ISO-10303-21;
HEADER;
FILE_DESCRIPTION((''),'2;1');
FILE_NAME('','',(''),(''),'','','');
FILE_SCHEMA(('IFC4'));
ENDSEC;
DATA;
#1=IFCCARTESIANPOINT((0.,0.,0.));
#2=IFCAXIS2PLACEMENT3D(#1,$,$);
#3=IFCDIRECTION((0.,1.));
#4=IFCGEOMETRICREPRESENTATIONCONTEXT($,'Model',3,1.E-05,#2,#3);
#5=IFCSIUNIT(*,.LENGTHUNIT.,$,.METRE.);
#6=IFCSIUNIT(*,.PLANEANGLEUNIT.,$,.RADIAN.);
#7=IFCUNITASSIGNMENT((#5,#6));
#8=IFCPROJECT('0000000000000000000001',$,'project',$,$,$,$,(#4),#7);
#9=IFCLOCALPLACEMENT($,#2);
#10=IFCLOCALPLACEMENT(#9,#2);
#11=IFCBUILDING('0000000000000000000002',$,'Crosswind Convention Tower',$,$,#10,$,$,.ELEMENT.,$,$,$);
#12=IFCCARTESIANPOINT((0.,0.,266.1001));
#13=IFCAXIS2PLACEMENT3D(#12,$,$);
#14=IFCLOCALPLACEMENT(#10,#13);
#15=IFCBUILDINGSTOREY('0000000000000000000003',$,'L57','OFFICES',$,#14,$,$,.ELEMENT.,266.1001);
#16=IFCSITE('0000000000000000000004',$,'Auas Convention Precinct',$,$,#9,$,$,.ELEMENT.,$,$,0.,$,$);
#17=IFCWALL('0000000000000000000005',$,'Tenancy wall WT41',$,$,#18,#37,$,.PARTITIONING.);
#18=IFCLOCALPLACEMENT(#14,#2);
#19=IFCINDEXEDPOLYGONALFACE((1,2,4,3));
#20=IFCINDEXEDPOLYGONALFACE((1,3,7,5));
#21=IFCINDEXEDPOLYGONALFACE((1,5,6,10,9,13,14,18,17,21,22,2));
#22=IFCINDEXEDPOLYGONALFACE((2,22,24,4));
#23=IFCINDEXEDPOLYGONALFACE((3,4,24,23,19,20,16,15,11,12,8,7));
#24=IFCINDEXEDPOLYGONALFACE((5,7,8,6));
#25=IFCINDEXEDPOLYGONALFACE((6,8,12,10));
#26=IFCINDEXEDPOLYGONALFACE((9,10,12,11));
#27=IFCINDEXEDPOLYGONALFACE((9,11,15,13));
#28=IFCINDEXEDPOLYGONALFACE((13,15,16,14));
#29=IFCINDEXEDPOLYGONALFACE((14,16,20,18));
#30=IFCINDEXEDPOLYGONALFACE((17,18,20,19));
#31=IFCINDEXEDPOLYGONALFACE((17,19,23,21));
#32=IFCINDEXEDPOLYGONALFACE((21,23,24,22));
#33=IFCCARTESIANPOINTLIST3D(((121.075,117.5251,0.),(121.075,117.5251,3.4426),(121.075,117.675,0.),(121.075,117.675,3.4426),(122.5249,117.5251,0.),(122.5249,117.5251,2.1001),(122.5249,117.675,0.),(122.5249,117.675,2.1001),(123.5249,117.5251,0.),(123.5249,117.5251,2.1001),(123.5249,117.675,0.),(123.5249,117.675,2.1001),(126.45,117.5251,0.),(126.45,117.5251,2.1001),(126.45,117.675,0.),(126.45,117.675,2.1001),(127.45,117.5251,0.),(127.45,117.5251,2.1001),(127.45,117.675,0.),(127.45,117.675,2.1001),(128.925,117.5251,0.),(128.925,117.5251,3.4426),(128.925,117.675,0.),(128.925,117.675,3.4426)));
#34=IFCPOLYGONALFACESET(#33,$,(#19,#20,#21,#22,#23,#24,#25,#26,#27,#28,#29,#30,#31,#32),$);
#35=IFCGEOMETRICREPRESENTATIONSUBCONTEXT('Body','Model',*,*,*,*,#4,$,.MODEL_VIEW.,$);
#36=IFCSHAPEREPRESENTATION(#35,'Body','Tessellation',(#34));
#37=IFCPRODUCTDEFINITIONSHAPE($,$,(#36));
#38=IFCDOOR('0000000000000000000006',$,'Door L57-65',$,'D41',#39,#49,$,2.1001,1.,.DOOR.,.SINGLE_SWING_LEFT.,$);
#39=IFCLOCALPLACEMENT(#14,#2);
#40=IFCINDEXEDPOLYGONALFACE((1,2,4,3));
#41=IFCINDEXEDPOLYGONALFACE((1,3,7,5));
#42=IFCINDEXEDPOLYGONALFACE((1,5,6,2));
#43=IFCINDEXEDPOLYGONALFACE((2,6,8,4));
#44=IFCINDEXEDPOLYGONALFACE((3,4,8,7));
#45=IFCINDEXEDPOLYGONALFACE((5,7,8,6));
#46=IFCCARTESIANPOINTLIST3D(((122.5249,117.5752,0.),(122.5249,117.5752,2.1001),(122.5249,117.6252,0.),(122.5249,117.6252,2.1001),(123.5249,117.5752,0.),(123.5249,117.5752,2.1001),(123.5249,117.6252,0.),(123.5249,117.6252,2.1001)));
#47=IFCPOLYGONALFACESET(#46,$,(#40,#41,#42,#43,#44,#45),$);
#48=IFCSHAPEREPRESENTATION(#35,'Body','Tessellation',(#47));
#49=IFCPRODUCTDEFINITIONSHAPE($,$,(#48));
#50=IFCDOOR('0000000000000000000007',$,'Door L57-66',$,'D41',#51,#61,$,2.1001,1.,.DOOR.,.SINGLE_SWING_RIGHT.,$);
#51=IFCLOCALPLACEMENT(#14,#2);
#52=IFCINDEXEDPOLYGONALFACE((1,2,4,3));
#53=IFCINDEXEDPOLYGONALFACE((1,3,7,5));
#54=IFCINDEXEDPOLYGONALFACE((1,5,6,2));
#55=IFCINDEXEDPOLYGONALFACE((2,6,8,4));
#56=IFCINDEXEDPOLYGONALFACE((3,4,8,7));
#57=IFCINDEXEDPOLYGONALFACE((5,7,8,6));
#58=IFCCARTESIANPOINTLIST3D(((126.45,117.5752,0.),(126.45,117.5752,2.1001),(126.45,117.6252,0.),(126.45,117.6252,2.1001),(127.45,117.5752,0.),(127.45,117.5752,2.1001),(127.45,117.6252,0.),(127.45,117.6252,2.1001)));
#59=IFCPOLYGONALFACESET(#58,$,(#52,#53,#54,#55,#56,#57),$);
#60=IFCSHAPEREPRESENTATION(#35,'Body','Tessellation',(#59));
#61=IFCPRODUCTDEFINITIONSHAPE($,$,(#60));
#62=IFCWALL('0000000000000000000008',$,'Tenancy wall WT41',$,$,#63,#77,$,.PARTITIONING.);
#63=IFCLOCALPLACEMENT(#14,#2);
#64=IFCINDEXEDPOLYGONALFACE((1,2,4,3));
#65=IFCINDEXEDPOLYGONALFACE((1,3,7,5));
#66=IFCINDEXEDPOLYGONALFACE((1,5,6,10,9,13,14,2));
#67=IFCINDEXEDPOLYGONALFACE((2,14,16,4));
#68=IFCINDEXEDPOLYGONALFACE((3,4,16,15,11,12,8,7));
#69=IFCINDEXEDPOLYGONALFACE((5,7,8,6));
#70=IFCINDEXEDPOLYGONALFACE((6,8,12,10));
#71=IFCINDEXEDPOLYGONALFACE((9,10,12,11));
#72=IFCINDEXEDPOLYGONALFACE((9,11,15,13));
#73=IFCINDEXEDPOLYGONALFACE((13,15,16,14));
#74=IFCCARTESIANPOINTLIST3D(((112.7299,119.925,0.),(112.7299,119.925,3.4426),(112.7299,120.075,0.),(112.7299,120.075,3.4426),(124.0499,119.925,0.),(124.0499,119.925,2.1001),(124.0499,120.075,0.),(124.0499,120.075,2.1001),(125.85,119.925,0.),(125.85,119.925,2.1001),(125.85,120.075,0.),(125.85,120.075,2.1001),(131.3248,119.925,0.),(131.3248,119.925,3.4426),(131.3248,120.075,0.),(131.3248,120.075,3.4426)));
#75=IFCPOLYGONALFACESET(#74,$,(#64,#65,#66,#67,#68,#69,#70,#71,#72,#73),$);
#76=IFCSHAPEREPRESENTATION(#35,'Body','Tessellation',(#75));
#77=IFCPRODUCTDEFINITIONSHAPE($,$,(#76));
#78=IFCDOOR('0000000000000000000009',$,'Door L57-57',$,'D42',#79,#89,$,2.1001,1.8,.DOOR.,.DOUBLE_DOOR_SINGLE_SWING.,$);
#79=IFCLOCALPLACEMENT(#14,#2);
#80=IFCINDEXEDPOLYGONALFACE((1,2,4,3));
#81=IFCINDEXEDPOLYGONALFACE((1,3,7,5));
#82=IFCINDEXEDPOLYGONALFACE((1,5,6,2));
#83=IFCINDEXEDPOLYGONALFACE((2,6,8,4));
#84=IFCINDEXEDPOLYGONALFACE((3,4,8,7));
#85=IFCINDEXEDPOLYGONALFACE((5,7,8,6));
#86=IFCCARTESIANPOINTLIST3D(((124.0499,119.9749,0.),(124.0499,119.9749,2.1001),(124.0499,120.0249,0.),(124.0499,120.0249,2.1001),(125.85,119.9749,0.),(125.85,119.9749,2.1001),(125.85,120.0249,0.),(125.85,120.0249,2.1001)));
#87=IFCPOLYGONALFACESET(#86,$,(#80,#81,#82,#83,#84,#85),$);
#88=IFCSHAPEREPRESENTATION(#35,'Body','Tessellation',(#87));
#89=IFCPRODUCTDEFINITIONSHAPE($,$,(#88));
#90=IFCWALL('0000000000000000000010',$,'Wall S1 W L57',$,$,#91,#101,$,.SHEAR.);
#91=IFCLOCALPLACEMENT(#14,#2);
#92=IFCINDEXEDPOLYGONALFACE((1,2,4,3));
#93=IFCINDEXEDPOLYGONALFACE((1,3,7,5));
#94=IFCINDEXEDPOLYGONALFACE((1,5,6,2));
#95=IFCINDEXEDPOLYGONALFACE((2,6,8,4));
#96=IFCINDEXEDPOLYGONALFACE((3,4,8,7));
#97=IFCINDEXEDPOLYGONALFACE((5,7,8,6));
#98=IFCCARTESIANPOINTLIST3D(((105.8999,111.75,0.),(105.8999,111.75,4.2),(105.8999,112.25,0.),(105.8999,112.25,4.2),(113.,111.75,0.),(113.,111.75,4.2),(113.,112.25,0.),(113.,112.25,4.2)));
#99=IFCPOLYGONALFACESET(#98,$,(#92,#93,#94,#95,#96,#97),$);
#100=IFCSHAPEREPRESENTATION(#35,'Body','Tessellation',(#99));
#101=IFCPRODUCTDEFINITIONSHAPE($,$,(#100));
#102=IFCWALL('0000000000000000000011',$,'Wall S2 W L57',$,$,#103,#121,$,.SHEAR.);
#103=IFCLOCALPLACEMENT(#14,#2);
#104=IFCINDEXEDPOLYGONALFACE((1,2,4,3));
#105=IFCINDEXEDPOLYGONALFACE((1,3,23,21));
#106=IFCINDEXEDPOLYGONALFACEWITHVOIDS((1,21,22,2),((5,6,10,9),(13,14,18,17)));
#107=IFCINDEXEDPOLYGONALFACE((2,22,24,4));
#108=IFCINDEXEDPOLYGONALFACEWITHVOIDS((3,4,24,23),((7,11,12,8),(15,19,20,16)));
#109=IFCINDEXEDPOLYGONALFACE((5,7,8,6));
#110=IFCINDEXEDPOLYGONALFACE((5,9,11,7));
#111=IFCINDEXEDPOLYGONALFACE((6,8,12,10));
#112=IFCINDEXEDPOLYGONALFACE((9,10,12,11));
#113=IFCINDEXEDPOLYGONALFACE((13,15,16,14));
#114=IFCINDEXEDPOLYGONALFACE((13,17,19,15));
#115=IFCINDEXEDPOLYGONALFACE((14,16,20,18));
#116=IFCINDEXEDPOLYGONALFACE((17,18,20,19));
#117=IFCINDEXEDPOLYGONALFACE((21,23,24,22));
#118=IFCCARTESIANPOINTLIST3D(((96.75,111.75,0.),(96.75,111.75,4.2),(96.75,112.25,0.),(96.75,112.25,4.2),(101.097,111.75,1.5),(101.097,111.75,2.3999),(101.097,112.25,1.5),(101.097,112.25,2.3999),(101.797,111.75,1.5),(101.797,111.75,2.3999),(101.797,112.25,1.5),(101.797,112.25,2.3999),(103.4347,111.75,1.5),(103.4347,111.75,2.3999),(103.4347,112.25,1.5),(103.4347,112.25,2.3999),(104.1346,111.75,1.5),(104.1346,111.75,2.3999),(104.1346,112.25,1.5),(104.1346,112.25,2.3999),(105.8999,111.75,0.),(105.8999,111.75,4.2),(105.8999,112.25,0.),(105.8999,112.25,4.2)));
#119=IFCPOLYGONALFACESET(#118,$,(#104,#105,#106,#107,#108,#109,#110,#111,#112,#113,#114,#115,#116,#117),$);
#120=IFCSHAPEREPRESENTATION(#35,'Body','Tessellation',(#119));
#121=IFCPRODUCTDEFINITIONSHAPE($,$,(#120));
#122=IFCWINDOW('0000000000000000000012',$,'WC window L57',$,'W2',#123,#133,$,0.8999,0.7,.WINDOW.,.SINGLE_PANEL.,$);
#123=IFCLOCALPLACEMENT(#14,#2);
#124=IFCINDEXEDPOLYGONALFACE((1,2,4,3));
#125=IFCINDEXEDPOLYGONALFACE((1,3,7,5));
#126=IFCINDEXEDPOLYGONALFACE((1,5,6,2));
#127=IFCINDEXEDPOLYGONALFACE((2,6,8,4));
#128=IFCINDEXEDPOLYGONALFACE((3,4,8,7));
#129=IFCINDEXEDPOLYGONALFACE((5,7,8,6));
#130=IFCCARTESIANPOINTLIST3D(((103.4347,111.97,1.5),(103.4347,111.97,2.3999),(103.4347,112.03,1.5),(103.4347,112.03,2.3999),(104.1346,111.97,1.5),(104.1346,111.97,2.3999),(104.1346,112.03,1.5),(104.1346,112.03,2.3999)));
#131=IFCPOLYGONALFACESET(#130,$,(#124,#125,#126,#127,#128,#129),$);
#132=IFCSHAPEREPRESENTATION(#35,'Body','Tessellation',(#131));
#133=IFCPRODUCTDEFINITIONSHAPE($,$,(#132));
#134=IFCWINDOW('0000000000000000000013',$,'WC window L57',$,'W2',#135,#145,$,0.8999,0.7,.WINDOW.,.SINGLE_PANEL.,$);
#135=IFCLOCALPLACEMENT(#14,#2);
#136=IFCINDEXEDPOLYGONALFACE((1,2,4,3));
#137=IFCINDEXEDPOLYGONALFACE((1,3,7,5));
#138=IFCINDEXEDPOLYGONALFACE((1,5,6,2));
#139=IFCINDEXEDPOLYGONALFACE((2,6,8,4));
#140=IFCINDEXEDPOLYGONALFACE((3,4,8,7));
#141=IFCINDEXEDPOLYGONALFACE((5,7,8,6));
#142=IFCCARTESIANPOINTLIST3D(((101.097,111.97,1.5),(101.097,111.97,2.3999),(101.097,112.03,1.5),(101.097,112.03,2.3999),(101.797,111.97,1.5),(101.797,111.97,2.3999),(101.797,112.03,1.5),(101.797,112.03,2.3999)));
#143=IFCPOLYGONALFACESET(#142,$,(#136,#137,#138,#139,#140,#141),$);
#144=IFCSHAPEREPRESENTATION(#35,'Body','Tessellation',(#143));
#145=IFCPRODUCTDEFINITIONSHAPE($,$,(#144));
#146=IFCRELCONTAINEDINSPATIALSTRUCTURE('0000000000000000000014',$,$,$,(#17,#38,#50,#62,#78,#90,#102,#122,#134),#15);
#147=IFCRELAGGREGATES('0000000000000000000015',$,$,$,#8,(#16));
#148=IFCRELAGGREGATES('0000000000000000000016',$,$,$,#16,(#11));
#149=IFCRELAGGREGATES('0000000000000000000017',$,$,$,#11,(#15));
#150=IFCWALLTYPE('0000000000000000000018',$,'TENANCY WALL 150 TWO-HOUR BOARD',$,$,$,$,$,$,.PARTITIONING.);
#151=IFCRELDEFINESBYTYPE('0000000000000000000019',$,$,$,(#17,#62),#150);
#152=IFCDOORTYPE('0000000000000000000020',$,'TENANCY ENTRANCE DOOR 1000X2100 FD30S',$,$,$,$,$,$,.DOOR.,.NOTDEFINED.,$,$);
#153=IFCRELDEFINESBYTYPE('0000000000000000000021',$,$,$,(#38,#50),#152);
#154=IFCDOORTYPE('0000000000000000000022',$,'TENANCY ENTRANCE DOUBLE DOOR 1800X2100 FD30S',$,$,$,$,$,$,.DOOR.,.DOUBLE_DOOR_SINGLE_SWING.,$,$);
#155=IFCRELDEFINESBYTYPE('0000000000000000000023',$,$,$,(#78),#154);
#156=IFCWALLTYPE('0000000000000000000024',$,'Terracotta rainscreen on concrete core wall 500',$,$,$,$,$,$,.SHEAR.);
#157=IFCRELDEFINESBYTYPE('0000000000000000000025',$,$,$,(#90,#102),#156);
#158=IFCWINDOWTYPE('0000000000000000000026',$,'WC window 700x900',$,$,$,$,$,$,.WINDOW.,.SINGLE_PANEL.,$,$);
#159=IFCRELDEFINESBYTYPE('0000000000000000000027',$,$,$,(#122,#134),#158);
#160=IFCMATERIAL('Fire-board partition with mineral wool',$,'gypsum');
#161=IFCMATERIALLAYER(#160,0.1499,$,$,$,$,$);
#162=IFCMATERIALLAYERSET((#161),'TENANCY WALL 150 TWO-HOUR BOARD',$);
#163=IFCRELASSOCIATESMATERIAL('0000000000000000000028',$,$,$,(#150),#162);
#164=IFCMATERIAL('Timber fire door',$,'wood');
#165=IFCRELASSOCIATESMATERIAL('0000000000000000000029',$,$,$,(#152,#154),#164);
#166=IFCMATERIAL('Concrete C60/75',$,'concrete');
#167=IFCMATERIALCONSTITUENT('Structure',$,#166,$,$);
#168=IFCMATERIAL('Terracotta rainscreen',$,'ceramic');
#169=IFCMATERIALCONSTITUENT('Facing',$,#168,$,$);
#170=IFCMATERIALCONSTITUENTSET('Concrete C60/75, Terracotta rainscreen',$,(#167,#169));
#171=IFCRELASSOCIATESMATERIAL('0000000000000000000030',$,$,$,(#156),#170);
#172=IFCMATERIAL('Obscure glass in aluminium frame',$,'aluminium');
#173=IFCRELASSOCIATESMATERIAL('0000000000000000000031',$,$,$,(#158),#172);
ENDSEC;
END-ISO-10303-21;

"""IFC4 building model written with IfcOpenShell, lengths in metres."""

from ifc_helpers import new_model, si_unit, direction, frame, frame_2d, origin, place, context, subcontext, project, spatial, rectangle, extrude, material, layer, layer_set, constituent, constituent_set, type_object, element, fill, save


model = new_model("IFC4")

# Units and contexts
model_context = context("Model", 3, precision=1e-05, world=origin(), true_north=direction((0.0, 1.0)))
body_context = subcontext(model_context, "Body", "Model", "MODEL_VIEW")
ifc_project = project(units=[si_unit("LENGTHUNIT", "METRE"), si_unit("PLANEANGLEUNIT", "RADIAN")], contexts=[model_context])

# Site, building, storey
site_placement = place(None, origin())
site = spatial("IfcSite", under=ifc_project, at=site_placement, Name="Auas Convention Precinct", CompositionType="ELEMENT", RefElevation=0.0)
building_placement = place(site_placement, origin())
building = spatial("IfcBuilding", under=site, at=building_placement, Name="Crosswind Convention Tower", CompositionType="ELEMENT")
storey_placement = place(building_placement, frame((0.0, 0.0, 266.1001)))
storey = spatial("IfcBuildingStorey", under=building, at=storey_placement, Name="L57", Description="OFFICES", CompositionType="ELEMENT", Elevation=266.1001)

# Shared definitions
ifc_material_1 = material(Name="Concrete C60/75", Category="concrete")

# Wall, openings, doors
ifc_material_2 = material(Name="Fire-board partition with mineral wool", Category="gypsum")
ifc_layer_1 = layer(ifc_material_2, 0.1499)
ifc_layer_set_1 = layer_set([ifc_layer_1], Name="TENANCY WALL 150 TWO-HOUR BOARD")
wall_type_1 = type_object("IfcWallType", Name="TENANCY WALL 150 TWO-HOUR BOARD", PredefinedType="PARTITIONING", material=ifc_layer_set_1)
wall_1_placement = place(storey_placement, frame((121.075, 117.6001, 0.0), z_axis=(0.0, 0.0, 1.0), x_axis=(1.0, 0.0, 0.0)))
wall_1 = element("IfcWall", 1, at=wall_1_placement, inside=storey, type_object=wall_type_1, Name="Tenancy wall WT41", PredefinedType="PARTITIONING", context=body_context, shape_type="SweptSolid", body=[
    extrude(rectangle(XDim=7.8501, YDim=0.1499, at=frame_2d((3.925, 0.0))), origin(), (0.0, 0.0, 1.0), 3.4426),
])
opening_1_placement = place(wall_1_placement, frame((1.45, 0.0, 0.0)))
opening_1 = element("IfcOpeningElement", 2, at=opening_1_placement, cuts=wall_1, PredefinedType="OPENING", context=body_context, shape_type="SweptSolid", body=[
    extrude(rectangle(XDim=1.0, YDim=2.1001, at=frame_2d((0.5, 1.05))), frame((0.0, 0.085, 0.0), z_axis=(0.0, -1.0, 0.0), x_axis=(1.0, 0.0, 0.0)), (0.0, 0.0, 1.0), 0.1699),
])
opening_2_placement = place(wall_1_placement, frame((5.375, 0.0, 0.0)))
opening_2 = element("IfcOpeningElement", 3, at=opening_2_placement, cuts=wall_1, PredefinedType="OPENING", context=body_context, shape_type="SweptSolid", body=[
    extrude(rectangle(XDim=1.0, YDim=2.1001, at=frame_2d((0.5, 1.05))), frame((0.0, 0.085, 0.0), z_axis=(0.0, -1.0, 0.0), x_axis=(1.0, 0.0, 0.0)), (0.0, 0.0, 1.0), 0.1699),
])
ifc_material_3 = material(Name="Timber fire door", Category="wood")
door_type_1 = type_object("IfcDoorType", Name="TENANCY ENTRANCE DOOR 1000X2100 FD30S", OperationType="NOTDEFINED", PredefinedType="DOOR", material=ifc_material_3)
door_1_placement = place(opening_1_placement, frame((1.0, 0.0, 0.0), z_axis=(0.0, 0.0, 1.0), x_axis=(-1.0, 0.0, 0.0)))
door_1 = element("IfcDoor", 4, at=door_1_placement, inside=storey, type_object=door_type_1, Name="Door L57-65", ObjectType="D41", OperationType="SINGLE_SWING_LEFT", OverallHeight=2.1001, OverallWidth=1.0, PredefinedType="DOOR", context=body_context, shape_type="SweptSolid", body=[
    extrude(rectangle(XDim=1.0, YDim=2.1001, at=frame_2d((0.5, 1.05))), frame((0.0, 0.0249, 0.0), z_axis=(0.0, -1.0, 0.0), x_axis=(1.0, 0.0, 0.0)), (0.0, 0.0, 1.0), 0.05),
])
fill(opening_1, door_1)
door_2_placement = place(opening_2_placement, frame((1.0, 0.0, 0.0), z_axis=(0.0, 0.0, 1.0), x_axis=(-1.0, 0.0, 0.0)))
door_2 = element("IfcDoor", 5, at=door_2_placement, inside=storey, type_object=door_type_1, Name="Door L57-66", ObjectType="D41", OperationType="SINGLE_SWING_RIGHT", OverallHeight=2.1001, OverallWidth=1.0, PredefinedType="DOOR", context=body_context, shape_type="SweptSolid", body=[
    extrude(rectangle(XDim=1.0, YDim=2.1001, at=frame_2d((0.5, 1.05))), frame((0.0, 0.0249, 0.0), z_axis=(0.0, -1.0, 0.0), x_axis=(1.0, 0.0, 0.0)), (0.0, 0.0, 1.0), 0.05),
])
fill(opening_2, door_2)

# Wall, opening, door
wall_2_placement = place(storey_placement, frame((112.73, 120.0, 0.0), z_axis=(0.0, 0.0, 1.0), x_axis=(1.0, 0.0, 0.0)))
wall_2 = element("IfcWall", 6, at=wall_2_placement, inside=storey, type_object=wall_type_1, Name="Tenancy wall WT41", PredefinedType="PARTITIONING", context=body_context, shape_type="SweptSolid", body=[
    extrude(rectangle(XDim=18.595, YDim=0.1499, at=frame_2d((9.2974, 0.0))), origin(), (0.0, 0.0, 1.0), 3.4426),
])
opening_3_placement = place(wall_2_placement, frame((11.3201, 0.0, 0.0)))
opening_3 = element("IfcOpeningElement", 7, at=opening_3_placement, cuts=wall_2, PredefinedType="OPENING", context=body_context, shape_type="SweptSolid", body=[
    extrude(rectangle(XDim=1.8, YDim=2.1001, at=frame_2d((0.8999, 1.05))), frame((0.0, 0.085, 0.0), z_axis=(0.0, -1.0, 0.0), x_axis=(1.0, 0.0, 0.0)), (0.0, 0.0, 1.0), 0.1699),
])
door_type_2 = type_object("IfcDoorType", Name="TENANCY ENTRANCE DOUBLE DOOR 1800X2100 FD30S", OperationType="DOUBLE_DOOR_SINGLE_SWING", PredefinedType="DOOR", material=ifc_material_3)
door_3_placement = place(opening_3_placement, origin())
door_3 = element("IfcDoor", 8, at=door_3_placement, inside=storey, type_object=door_type_2, Name="Door L57-57", ObjectType="D42", OperationType="DOUBLE_DOOR_SINGLE_SWING", OverallHeight=2.1001, OverallWidth=1.8, PredefinedType="DOOR", context=body_context, shape_type="SweptSolid", body=[
    extrude(rectangle(XDim=1.8, YDim=2.1001, at=frame_2d((0.8999, 1.05))), frame((0.0, 0.0249, 0.0), z_axis=(0.0, -1.0, 0.0), x_axis=(1.0, 0.0, 0.0)), (0.0, 0.0, 1.0), 0.05),
])
fill(opening_3, door_3)

# Wall
ifc_constituent_1 = constituent(ifc_material_1, Name="Structure")
ifc_material_4 = material(Name="Terracotta rainscreen", Category="ceramic")
ifc_constituent_2 = constituent(ifc_material_4, Name="Facing")
ifc_constituent_set = constituent_set(constituents=[ifc_constituent_1, ifc_constituent_2], Name="Concrete C60/75, Terracotta rainscreen")
wall_type_2 = type_object("IfcWallType", Name="Terracotta rainscreen on concrete core wall 500", PredefinedType="SHEAR", material=ifc_constituent_set)
wall_3_placement = place(storey_placement, frame((113.0, 112.0, 0.0), z_axis=(0.0, 0.0, 1.0), x_axis=(-1.0, 0.0, 0.0)))
element("IfcWall", 9, at=wall_3_placement, inside=storey, type_object=wall_type_2, Name="Wall S1 W L57", PredefinedType="SHEAR", context=body_context, shape_type="SweptSolid", body=[
    extrude(rectangle(XDim=7.1001, YDim=0.5, at=frame_2d((3.55, 0.0))), origin(), (0.0, 0.0, 1.0), 4.2),
])

# Wall, openings, windows
wall_4_placement = place(storey_placement, frame((105.8999, 112.0, 0.0), z_axis=(0.0, 0.0, 1.0), x_axis=(-1.0, 0.0, 0.0)))
wall_4 = element("IfcWall", 10, at=wall_4_placement, inside=storey, type_object=wall_type_2, Name="Wall S2 W L57", PredefinedType="SHEAR", context=body_context, shape_type="SweptSolid", body=[
    extrude(rectangle(XDim=9.1499, YDim=0.5, at=frame_2d((4.575, 0.0))), origin(), (0.0, 0.0, 1.0), 4.2),
])
opening_4_placement = place(wall_4_placement, frame((1.7651, 0.0, 1.5)))
opening_4 = element("IfcOpeningElement", 11, at=opening_4_placement, cuts=wall_4, PredefinedType="OPENING", context=body_context, shape_type="SweptSolid", body=[
    extrude(rectangle(XDim=0.7, YDim=0.8999, at=frame_2d((0.3501, 0.45))), frame((0.0, 0.26, 0.0), z_axis=(0.0, -1.0, 0.0), x_axis=(1.0, 0.0, 0.0)), (0.0, 0.0, 1.0), 0.52),
])
opening_5_placement = place(wall_4_placement, frame((4.1028, 0.0, 1.5)))
opening_5 = element("IfcOpeningElement", 12, at=opening_5_placement, cuts=wall_4, PredefinedType="OPENING", context=body_context, shape_type="SweptSolid", body=[
    extrude(rectangle(XDim=0.7, YDim=0.8999, at=frame_2d((0.3501, 0.45))), frame((0.0, 0.26, 0.0), z_axis=(0.0, -1.0, 0.0), x_axis=(1.0, 0.0, 0.0)), (0.0, 0.0, 1.0), 0.52),
])
ifc_material_5 = material(Name="Obscure glass in aluminium frame", Category="aluminium")
window_type = type_object("IfcWindowType", Name="WC window 700x900", PartitioningType="SINGLE_PANEL", PredefinedType="WINDOW", material=ifc_material_5)
window_1_placement = place(opening_4_placement, origin())
window_1 = element("IfcWindow", 13, at=window_1_placement, inside=storey, type_object=window_type, Name="WC window L57", ObjectType="W2", OverallHeight=0.8999, OverallWidth=0.7, PartitioningType="SINGLE_PANEL", PredefinedType="WINDOW", context=body_context, shape_type="SweptSolid", body=[
    extrude(rectangle(XDim=0.7, YDim=0.8999, at=frame_2d((0.3501, 0.45))), frame((0.0, 0.03, 0.0), z_axis=(0.0, -1.0, 0.0), x_axis=(1.0, 0.0, 0.0)), (0.0, 0.0, 1.0), 0.0601),
])
fill(opening_4, window_1)
window_2_placement = place(opening_5_placement, origin())
window_2 = element("IfcWindow", 14, at=window_2_placement, inside=storey, type_object=window_type, Name="WC window L57", ObjectType="W2", OverallHeight=0.8999, OverallWidth=0.7, PartitioningType="SINGLE_PANEL", PredefinedType="WINDOW", context=body_context, shape_type="SweptSolid", body=[
    extrude(rectangle(XDim=0.7, YDim=0.8999, at=frame_2d((0.3501, 0.45))), frame((0.0, 0.03, 0.0), z_axis=(0.0, -1.0, 0.0), x_axis=(1.0, 0.0, 0.0)), (0.0, 0.0, 1.0), 0.0601),
])
fill(opening_5, window_2)

save(model, "model.ifc")
